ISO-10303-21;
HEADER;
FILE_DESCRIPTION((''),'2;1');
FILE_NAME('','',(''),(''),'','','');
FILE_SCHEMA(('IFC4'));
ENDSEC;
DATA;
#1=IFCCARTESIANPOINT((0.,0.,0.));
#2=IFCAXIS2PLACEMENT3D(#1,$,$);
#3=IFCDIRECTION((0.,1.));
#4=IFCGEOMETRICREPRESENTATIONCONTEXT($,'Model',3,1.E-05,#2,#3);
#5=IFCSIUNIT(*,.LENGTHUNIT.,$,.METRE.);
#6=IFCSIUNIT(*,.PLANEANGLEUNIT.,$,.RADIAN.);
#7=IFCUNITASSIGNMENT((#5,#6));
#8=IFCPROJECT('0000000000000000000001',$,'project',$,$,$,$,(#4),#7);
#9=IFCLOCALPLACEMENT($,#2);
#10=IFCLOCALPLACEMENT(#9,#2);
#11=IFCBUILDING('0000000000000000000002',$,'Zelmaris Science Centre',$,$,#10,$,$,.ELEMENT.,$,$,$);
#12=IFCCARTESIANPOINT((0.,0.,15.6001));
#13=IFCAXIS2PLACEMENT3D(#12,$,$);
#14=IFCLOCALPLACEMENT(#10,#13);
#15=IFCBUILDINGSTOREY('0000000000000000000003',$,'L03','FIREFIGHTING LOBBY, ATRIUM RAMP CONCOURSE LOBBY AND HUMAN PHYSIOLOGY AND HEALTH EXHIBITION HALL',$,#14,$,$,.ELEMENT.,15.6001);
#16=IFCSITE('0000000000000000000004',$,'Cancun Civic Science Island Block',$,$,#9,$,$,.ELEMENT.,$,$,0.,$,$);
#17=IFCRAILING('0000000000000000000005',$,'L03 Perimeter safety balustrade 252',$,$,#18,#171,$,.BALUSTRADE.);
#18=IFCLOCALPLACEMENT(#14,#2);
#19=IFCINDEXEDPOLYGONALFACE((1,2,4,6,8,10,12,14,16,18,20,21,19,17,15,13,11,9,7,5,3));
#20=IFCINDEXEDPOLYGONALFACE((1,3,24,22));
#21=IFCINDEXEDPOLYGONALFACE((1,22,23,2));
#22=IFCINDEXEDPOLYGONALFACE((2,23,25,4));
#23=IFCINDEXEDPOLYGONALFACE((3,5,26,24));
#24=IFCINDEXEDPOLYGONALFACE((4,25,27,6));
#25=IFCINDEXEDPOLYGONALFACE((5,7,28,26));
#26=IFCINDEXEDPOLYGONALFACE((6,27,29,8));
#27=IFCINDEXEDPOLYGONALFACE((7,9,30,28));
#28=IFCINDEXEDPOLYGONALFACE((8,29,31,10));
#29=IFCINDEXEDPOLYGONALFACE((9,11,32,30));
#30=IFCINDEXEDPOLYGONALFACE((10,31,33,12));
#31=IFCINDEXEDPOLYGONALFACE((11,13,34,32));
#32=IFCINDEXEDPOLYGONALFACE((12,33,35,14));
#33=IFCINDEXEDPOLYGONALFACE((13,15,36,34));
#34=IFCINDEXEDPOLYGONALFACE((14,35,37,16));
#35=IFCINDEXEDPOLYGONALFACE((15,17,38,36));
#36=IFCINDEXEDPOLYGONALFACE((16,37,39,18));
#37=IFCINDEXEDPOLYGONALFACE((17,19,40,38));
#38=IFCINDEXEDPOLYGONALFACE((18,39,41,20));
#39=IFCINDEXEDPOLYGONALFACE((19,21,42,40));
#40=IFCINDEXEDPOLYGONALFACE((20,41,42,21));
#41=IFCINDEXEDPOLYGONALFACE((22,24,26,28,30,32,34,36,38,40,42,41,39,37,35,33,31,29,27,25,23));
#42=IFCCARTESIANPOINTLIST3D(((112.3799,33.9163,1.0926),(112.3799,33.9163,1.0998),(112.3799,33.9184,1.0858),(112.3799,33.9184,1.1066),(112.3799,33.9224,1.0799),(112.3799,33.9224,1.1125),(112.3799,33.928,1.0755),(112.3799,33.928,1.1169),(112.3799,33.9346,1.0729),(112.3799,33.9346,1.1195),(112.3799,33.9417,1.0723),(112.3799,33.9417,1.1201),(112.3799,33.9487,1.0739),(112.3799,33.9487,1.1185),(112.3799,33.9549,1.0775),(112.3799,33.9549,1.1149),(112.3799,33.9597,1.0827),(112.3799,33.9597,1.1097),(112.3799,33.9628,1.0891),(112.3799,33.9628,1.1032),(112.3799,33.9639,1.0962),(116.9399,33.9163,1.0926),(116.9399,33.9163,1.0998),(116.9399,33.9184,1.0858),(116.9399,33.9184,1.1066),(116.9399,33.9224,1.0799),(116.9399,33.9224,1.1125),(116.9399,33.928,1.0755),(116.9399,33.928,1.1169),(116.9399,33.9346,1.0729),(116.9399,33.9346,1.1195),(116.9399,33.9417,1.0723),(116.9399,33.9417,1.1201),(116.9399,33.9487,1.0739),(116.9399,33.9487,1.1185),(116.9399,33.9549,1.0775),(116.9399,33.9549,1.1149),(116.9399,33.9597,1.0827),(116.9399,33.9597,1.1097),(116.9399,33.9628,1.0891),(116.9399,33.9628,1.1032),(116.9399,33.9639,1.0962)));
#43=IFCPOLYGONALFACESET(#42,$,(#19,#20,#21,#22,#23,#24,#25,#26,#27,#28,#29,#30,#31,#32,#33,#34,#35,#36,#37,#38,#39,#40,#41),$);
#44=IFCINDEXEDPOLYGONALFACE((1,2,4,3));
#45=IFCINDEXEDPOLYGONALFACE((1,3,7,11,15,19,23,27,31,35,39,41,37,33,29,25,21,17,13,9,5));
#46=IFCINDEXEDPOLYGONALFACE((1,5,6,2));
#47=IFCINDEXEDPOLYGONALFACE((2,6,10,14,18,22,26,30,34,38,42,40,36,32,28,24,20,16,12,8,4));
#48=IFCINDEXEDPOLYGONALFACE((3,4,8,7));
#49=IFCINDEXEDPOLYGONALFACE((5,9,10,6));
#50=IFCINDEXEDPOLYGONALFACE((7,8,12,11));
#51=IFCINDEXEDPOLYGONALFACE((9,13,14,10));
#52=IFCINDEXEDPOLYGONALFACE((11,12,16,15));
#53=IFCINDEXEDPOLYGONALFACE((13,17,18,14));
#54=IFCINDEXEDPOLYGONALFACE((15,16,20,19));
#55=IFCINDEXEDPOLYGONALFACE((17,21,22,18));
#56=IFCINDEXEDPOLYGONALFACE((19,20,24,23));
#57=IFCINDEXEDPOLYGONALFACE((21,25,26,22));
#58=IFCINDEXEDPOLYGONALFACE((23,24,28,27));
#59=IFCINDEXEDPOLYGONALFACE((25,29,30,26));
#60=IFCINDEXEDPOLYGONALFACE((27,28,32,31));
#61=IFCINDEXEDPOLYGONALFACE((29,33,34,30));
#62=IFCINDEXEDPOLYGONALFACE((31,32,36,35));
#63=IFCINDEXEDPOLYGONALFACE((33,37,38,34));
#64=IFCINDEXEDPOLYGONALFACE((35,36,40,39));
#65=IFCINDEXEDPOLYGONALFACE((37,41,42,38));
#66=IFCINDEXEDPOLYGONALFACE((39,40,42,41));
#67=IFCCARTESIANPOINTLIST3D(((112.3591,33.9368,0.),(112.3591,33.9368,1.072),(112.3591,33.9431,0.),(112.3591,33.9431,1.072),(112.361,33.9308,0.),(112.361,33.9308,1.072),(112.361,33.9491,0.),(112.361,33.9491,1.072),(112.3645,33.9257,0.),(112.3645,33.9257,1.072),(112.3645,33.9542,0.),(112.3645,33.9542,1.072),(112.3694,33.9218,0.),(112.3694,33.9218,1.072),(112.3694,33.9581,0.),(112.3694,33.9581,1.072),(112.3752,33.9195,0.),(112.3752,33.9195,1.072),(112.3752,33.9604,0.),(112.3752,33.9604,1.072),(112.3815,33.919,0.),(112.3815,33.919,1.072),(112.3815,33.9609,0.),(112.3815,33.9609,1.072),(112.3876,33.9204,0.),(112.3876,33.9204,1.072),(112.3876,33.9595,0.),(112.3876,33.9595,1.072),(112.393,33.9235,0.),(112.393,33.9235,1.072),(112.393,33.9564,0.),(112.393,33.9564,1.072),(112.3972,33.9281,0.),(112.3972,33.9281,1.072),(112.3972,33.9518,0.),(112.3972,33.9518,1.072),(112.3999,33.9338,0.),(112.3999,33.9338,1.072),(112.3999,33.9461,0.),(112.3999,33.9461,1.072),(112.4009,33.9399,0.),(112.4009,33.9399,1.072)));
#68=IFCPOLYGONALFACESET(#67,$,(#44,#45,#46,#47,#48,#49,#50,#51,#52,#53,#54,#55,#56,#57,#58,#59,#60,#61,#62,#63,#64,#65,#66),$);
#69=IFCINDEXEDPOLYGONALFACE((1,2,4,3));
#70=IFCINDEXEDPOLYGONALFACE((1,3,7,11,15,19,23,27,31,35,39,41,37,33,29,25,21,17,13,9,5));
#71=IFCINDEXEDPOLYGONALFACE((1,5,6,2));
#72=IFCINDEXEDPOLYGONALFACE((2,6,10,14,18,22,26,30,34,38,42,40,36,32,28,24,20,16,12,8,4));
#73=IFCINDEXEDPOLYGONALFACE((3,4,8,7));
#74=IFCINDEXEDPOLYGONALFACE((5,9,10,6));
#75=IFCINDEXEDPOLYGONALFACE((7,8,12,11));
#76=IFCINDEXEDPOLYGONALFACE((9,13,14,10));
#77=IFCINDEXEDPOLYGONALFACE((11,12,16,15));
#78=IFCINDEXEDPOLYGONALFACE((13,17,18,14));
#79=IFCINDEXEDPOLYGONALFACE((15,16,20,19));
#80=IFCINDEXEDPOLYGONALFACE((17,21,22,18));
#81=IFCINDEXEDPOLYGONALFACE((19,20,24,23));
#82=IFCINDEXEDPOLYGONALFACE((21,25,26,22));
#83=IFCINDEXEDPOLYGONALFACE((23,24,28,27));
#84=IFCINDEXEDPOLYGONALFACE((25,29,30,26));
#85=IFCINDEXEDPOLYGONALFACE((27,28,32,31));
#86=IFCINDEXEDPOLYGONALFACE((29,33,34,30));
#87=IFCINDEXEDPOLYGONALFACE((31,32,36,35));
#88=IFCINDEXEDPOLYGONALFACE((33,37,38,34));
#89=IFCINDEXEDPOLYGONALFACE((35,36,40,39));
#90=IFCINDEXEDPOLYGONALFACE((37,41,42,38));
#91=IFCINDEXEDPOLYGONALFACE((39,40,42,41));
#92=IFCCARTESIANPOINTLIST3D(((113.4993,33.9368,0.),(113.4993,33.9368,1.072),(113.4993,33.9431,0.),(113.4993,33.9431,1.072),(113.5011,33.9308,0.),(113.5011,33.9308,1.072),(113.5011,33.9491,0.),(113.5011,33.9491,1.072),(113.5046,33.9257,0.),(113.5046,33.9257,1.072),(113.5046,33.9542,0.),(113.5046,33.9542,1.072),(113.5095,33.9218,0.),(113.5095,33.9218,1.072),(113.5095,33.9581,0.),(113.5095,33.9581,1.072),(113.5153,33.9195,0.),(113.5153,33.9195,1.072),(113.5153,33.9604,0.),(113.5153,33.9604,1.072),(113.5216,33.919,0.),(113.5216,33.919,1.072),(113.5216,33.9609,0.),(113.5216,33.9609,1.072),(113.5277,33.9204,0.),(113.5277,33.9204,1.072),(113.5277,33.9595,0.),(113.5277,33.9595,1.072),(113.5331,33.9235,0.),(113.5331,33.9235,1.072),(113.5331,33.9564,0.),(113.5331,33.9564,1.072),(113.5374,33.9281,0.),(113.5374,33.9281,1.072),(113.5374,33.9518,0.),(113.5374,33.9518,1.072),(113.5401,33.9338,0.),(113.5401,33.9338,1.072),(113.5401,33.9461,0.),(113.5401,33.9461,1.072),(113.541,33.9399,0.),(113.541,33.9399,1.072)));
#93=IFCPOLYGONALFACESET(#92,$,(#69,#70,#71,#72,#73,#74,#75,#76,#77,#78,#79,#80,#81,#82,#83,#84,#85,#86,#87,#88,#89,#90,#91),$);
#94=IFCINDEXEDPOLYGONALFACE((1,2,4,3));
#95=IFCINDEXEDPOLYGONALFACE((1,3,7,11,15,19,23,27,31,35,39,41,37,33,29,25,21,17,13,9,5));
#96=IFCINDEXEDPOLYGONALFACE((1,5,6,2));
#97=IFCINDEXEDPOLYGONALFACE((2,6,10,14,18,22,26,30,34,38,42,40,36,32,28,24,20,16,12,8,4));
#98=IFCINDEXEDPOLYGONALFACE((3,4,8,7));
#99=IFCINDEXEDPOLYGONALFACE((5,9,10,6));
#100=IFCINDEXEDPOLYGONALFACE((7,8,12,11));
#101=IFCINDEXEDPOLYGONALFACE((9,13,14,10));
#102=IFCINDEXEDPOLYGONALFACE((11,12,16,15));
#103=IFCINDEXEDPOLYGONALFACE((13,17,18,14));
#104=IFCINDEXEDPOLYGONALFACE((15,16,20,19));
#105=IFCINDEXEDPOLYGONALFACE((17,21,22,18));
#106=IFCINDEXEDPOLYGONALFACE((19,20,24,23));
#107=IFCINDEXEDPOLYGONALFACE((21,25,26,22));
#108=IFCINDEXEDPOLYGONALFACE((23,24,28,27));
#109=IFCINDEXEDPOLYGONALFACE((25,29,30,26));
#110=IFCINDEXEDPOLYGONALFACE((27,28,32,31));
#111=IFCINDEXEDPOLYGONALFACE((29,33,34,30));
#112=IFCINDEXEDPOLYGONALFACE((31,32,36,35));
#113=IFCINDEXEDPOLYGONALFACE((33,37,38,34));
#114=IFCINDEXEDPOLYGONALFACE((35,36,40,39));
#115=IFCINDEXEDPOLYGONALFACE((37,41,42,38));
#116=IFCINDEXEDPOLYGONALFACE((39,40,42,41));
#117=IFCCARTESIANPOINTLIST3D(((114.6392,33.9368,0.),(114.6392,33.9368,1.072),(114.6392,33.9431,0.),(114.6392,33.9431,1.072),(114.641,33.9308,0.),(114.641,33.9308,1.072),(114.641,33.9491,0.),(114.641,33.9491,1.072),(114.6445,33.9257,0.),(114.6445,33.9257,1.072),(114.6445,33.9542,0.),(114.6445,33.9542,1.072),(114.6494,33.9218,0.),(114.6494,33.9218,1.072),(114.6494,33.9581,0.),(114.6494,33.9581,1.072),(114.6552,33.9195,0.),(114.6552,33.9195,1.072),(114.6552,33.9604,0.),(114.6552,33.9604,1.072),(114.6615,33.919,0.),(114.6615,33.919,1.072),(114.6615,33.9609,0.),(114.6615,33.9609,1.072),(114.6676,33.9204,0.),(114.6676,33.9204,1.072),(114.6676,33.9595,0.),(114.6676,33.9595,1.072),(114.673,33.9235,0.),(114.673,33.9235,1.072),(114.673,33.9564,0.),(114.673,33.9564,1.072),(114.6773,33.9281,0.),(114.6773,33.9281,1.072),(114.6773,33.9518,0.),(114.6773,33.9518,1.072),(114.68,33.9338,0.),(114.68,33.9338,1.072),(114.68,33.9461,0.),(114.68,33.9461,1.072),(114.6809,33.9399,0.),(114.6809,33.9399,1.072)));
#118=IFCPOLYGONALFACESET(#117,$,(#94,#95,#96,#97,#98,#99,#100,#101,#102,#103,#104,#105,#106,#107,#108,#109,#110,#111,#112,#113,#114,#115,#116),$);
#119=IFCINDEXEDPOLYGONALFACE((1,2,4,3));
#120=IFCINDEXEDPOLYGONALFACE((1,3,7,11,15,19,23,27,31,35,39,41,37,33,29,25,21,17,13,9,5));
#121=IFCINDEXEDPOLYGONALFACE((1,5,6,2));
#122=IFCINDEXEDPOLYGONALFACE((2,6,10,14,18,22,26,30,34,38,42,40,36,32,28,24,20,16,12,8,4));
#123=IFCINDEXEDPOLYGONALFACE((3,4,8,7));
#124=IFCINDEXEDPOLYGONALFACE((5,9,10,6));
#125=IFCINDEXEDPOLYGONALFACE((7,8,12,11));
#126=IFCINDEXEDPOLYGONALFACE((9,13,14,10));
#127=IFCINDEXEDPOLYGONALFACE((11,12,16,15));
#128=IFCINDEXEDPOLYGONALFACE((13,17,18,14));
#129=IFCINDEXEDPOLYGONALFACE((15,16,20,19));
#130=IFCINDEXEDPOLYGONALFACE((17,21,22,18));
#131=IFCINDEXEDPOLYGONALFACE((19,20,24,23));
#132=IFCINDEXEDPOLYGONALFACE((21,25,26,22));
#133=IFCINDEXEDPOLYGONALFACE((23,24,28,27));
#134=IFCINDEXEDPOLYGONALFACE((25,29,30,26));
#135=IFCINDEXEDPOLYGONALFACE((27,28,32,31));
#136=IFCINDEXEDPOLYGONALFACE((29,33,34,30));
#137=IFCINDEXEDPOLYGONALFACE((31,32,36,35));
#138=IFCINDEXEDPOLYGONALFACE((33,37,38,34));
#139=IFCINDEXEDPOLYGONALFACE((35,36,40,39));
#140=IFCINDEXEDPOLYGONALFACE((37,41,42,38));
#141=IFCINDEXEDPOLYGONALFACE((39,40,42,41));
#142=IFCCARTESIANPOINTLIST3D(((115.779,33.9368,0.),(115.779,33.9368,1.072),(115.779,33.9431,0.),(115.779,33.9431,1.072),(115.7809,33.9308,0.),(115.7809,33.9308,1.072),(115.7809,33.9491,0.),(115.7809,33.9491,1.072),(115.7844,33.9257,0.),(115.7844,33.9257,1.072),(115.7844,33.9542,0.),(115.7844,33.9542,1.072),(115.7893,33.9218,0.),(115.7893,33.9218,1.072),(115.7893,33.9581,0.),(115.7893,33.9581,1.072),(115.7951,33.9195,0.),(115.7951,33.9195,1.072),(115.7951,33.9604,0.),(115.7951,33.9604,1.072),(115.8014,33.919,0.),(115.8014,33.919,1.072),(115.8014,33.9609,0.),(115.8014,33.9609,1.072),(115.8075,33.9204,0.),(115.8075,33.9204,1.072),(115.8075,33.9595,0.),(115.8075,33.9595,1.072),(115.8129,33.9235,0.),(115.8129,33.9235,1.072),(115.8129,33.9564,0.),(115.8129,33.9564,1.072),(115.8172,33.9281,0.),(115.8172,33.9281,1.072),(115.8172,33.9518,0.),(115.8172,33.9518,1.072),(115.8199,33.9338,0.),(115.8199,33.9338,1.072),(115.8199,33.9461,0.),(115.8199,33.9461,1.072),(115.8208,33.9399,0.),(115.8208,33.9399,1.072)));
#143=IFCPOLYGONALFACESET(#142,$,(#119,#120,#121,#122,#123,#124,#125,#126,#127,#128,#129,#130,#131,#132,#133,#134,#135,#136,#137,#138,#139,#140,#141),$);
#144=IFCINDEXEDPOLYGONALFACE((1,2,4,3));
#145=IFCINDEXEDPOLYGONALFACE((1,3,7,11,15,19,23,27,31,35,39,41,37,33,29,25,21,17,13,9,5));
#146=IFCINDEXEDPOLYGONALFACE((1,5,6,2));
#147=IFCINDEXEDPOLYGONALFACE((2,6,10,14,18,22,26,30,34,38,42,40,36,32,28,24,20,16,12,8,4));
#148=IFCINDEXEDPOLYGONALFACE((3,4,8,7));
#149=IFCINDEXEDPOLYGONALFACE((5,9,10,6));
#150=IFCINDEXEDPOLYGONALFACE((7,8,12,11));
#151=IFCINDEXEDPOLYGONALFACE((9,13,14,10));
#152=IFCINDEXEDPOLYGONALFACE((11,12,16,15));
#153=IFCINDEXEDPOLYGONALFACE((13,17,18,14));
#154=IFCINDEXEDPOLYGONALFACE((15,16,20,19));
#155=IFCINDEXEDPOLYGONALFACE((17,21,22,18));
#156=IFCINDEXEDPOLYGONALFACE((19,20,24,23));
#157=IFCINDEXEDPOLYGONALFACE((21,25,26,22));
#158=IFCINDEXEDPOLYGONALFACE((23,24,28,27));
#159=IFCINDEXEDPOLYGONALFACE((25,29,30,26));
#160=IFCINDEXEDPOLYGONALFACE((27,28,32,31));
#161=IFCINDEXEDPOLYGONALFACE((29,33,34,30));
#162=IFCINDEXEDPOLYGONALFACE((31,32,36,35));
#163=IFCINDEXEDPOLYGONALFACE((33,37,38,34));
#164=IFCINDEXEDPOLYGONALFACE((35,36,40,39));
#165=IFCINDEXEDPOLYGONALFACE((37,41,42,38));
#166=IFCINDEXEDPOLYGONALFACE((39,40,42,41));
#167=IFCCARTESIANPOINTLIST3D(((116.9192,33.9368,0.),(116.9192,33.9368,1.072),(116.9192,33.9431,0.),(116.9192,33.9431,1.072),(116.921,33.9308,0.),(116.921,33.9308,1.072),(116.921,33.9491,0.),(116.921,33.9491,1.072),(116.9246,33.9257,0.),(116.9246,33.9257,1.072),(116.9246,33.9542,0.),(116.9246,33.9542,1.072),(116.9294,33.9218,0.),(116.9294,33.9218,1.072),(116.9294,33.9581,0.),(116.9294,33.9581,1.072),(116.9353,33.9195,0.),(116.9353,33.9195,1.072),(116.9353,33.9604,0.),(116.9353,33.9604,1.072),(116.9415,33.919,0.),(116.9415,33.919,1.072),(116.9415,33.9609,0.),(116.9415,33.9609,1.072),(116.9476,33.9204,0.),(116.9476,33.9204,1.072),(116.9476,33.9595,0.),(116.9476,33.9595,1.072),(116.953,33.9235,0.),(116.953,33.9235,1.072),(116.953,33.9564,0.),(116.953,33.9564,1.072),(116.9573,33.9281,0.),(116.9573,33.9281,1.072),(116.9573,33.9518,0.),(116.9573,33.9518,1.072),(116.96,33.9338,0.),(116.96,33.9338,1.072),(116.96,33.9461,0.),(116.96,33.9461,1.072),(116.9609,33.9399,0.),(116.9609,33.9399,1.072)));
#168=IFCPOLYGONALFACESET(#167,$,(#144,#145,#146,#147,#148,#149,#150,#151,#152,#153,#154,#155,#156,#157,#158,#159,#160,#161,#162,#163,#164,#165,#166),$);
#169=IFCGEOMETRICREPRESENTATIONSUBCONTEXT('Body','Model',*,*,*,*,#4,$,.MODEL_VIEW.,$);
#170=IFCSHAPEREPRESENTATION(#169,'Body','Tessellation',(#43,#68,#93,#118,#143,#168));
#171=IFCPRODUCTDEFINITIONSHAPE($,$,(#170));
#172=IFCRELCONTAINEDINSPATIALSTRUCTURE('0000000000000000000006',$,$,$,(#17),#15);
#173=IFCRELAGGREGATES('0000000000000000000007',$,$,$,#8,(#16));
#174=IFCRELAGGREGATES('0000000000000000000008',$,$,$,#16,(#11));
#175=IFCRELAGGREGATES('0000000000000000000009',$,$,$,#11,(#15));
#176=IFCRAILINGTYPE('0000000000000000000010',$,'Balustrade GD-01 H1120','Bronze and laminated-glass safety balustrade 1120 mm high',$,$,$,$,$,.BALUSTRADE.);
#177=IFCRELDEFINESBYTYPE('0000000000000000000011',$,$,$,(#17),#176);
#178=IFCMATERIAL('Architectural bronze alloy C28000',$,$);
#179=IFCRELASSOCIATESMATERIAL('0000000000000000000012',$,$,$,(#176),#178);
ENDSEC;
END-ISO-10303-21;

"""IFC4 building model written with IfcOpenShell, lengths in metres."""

from ifc_helpers import new_model, si_unit, direction, frame, origin, origin_2d, place, context, subcontext, project, spatial, circle, extrude, material, type_object, element, save


model = new_model("IFC4")

# Units and contexts
model_context = context("Model", 3, precision=1e-05, world=origin(), true_north=direction((0.0, 1.0)))
body_context = subcontext(model_context, "Body", "Model", "MODEL_VIEW")
ifc_project = project(units=[si_unit("LENGTHUNIT", "METRE"), si_unit("PLANEANGLEUNIT", "RADIAN")], contexts=[model_context])

# Site, building, storey
site_placement = place(None, origin())
site = spatial("IfcSite", under=ifc_project, at=site_placement, Name="Cancun Civic Science Island Block", CompositionType="ELEMENT", RefElevation=0.0)
building_placement = place(site_placement, origin())
building = spatial("IfcBuilding", under=site, at=building_placement, Name="Zelmaris Science Centre", CompositionType="ELEMENT")
storey_placement = place(building_placement, frame((0.0, 0.0, 15.6001)))
storey = spatial("IfcBuildingStorey", under=building, at=storey_placement, Name="L03", Description="FIREFIGHTING LOBBY, ATRIUM RAMP CONCOURSE LOBBY AND HUMAN PHYSIOLOGY AND HEALTH EXHIBITION HALL", CompositionType="ELEMENT", Elevation=15.6001)

# Railing
ifc_material_1 = material(Name="Architectural bronze alloy C28000")
railing_type = type_object("IfcRailingType", Name="Balustrade GD-01 H1120", Description="Bronze and laminated-glass safety balustrade 1120 mm high", PredefinedType="BALUSTRADE", material=ifc_material_1)
railing_1_placement = place(storey_placement, frame((112.3799, 33.9399, 0.0)))
element("IfcRailing", 1, at=railing_1_placement, inside=storey, type_object=railing_type, Name="L03 Perimeter safety balustrade 252", PredefinedType="BALUSTRADE", context=body_context, shape_type="SweptSolid", body=[
    extrude(circle(Radius=0.0239, at=origin_2d()), frame((0.0, 0.0, 1.0962), z_axis=(1.0, 0.0, 0.0), x_axis=(0.0, 1.0, 0.0)), (0.0, 0.0, 1.0), 4.5601),
    extrude(circle(Radius=0.021, at=origin_2d()), origin(), (0.0, 0.0, 1.0), 1.072),
    extrude(circle(Radius=0.021, at=origin_2d()), frame((1.1401, 0.0, 0.0)), (0.0, 0.0, 1.0), 1.072),
    extrude(circle(Radius=0.021, at=origin_2d()), frame((2.28, 0.0, 0.0)), (0.0, 0.0, 1.0), 1.072),
    extrude(circle(Radius=0.021, at=origin_2d()), frame((3.4199, 0.0, 0.0)), (0.0, 0.0, 1.0), 1.072),
    extrude(circle(Radius=0.021, at=origin_2d()), frame((4.5601, 0.0, 0.0)), (0.0, 0.0, 1.0), 1.072),
])

save(model, "model.ifc")
